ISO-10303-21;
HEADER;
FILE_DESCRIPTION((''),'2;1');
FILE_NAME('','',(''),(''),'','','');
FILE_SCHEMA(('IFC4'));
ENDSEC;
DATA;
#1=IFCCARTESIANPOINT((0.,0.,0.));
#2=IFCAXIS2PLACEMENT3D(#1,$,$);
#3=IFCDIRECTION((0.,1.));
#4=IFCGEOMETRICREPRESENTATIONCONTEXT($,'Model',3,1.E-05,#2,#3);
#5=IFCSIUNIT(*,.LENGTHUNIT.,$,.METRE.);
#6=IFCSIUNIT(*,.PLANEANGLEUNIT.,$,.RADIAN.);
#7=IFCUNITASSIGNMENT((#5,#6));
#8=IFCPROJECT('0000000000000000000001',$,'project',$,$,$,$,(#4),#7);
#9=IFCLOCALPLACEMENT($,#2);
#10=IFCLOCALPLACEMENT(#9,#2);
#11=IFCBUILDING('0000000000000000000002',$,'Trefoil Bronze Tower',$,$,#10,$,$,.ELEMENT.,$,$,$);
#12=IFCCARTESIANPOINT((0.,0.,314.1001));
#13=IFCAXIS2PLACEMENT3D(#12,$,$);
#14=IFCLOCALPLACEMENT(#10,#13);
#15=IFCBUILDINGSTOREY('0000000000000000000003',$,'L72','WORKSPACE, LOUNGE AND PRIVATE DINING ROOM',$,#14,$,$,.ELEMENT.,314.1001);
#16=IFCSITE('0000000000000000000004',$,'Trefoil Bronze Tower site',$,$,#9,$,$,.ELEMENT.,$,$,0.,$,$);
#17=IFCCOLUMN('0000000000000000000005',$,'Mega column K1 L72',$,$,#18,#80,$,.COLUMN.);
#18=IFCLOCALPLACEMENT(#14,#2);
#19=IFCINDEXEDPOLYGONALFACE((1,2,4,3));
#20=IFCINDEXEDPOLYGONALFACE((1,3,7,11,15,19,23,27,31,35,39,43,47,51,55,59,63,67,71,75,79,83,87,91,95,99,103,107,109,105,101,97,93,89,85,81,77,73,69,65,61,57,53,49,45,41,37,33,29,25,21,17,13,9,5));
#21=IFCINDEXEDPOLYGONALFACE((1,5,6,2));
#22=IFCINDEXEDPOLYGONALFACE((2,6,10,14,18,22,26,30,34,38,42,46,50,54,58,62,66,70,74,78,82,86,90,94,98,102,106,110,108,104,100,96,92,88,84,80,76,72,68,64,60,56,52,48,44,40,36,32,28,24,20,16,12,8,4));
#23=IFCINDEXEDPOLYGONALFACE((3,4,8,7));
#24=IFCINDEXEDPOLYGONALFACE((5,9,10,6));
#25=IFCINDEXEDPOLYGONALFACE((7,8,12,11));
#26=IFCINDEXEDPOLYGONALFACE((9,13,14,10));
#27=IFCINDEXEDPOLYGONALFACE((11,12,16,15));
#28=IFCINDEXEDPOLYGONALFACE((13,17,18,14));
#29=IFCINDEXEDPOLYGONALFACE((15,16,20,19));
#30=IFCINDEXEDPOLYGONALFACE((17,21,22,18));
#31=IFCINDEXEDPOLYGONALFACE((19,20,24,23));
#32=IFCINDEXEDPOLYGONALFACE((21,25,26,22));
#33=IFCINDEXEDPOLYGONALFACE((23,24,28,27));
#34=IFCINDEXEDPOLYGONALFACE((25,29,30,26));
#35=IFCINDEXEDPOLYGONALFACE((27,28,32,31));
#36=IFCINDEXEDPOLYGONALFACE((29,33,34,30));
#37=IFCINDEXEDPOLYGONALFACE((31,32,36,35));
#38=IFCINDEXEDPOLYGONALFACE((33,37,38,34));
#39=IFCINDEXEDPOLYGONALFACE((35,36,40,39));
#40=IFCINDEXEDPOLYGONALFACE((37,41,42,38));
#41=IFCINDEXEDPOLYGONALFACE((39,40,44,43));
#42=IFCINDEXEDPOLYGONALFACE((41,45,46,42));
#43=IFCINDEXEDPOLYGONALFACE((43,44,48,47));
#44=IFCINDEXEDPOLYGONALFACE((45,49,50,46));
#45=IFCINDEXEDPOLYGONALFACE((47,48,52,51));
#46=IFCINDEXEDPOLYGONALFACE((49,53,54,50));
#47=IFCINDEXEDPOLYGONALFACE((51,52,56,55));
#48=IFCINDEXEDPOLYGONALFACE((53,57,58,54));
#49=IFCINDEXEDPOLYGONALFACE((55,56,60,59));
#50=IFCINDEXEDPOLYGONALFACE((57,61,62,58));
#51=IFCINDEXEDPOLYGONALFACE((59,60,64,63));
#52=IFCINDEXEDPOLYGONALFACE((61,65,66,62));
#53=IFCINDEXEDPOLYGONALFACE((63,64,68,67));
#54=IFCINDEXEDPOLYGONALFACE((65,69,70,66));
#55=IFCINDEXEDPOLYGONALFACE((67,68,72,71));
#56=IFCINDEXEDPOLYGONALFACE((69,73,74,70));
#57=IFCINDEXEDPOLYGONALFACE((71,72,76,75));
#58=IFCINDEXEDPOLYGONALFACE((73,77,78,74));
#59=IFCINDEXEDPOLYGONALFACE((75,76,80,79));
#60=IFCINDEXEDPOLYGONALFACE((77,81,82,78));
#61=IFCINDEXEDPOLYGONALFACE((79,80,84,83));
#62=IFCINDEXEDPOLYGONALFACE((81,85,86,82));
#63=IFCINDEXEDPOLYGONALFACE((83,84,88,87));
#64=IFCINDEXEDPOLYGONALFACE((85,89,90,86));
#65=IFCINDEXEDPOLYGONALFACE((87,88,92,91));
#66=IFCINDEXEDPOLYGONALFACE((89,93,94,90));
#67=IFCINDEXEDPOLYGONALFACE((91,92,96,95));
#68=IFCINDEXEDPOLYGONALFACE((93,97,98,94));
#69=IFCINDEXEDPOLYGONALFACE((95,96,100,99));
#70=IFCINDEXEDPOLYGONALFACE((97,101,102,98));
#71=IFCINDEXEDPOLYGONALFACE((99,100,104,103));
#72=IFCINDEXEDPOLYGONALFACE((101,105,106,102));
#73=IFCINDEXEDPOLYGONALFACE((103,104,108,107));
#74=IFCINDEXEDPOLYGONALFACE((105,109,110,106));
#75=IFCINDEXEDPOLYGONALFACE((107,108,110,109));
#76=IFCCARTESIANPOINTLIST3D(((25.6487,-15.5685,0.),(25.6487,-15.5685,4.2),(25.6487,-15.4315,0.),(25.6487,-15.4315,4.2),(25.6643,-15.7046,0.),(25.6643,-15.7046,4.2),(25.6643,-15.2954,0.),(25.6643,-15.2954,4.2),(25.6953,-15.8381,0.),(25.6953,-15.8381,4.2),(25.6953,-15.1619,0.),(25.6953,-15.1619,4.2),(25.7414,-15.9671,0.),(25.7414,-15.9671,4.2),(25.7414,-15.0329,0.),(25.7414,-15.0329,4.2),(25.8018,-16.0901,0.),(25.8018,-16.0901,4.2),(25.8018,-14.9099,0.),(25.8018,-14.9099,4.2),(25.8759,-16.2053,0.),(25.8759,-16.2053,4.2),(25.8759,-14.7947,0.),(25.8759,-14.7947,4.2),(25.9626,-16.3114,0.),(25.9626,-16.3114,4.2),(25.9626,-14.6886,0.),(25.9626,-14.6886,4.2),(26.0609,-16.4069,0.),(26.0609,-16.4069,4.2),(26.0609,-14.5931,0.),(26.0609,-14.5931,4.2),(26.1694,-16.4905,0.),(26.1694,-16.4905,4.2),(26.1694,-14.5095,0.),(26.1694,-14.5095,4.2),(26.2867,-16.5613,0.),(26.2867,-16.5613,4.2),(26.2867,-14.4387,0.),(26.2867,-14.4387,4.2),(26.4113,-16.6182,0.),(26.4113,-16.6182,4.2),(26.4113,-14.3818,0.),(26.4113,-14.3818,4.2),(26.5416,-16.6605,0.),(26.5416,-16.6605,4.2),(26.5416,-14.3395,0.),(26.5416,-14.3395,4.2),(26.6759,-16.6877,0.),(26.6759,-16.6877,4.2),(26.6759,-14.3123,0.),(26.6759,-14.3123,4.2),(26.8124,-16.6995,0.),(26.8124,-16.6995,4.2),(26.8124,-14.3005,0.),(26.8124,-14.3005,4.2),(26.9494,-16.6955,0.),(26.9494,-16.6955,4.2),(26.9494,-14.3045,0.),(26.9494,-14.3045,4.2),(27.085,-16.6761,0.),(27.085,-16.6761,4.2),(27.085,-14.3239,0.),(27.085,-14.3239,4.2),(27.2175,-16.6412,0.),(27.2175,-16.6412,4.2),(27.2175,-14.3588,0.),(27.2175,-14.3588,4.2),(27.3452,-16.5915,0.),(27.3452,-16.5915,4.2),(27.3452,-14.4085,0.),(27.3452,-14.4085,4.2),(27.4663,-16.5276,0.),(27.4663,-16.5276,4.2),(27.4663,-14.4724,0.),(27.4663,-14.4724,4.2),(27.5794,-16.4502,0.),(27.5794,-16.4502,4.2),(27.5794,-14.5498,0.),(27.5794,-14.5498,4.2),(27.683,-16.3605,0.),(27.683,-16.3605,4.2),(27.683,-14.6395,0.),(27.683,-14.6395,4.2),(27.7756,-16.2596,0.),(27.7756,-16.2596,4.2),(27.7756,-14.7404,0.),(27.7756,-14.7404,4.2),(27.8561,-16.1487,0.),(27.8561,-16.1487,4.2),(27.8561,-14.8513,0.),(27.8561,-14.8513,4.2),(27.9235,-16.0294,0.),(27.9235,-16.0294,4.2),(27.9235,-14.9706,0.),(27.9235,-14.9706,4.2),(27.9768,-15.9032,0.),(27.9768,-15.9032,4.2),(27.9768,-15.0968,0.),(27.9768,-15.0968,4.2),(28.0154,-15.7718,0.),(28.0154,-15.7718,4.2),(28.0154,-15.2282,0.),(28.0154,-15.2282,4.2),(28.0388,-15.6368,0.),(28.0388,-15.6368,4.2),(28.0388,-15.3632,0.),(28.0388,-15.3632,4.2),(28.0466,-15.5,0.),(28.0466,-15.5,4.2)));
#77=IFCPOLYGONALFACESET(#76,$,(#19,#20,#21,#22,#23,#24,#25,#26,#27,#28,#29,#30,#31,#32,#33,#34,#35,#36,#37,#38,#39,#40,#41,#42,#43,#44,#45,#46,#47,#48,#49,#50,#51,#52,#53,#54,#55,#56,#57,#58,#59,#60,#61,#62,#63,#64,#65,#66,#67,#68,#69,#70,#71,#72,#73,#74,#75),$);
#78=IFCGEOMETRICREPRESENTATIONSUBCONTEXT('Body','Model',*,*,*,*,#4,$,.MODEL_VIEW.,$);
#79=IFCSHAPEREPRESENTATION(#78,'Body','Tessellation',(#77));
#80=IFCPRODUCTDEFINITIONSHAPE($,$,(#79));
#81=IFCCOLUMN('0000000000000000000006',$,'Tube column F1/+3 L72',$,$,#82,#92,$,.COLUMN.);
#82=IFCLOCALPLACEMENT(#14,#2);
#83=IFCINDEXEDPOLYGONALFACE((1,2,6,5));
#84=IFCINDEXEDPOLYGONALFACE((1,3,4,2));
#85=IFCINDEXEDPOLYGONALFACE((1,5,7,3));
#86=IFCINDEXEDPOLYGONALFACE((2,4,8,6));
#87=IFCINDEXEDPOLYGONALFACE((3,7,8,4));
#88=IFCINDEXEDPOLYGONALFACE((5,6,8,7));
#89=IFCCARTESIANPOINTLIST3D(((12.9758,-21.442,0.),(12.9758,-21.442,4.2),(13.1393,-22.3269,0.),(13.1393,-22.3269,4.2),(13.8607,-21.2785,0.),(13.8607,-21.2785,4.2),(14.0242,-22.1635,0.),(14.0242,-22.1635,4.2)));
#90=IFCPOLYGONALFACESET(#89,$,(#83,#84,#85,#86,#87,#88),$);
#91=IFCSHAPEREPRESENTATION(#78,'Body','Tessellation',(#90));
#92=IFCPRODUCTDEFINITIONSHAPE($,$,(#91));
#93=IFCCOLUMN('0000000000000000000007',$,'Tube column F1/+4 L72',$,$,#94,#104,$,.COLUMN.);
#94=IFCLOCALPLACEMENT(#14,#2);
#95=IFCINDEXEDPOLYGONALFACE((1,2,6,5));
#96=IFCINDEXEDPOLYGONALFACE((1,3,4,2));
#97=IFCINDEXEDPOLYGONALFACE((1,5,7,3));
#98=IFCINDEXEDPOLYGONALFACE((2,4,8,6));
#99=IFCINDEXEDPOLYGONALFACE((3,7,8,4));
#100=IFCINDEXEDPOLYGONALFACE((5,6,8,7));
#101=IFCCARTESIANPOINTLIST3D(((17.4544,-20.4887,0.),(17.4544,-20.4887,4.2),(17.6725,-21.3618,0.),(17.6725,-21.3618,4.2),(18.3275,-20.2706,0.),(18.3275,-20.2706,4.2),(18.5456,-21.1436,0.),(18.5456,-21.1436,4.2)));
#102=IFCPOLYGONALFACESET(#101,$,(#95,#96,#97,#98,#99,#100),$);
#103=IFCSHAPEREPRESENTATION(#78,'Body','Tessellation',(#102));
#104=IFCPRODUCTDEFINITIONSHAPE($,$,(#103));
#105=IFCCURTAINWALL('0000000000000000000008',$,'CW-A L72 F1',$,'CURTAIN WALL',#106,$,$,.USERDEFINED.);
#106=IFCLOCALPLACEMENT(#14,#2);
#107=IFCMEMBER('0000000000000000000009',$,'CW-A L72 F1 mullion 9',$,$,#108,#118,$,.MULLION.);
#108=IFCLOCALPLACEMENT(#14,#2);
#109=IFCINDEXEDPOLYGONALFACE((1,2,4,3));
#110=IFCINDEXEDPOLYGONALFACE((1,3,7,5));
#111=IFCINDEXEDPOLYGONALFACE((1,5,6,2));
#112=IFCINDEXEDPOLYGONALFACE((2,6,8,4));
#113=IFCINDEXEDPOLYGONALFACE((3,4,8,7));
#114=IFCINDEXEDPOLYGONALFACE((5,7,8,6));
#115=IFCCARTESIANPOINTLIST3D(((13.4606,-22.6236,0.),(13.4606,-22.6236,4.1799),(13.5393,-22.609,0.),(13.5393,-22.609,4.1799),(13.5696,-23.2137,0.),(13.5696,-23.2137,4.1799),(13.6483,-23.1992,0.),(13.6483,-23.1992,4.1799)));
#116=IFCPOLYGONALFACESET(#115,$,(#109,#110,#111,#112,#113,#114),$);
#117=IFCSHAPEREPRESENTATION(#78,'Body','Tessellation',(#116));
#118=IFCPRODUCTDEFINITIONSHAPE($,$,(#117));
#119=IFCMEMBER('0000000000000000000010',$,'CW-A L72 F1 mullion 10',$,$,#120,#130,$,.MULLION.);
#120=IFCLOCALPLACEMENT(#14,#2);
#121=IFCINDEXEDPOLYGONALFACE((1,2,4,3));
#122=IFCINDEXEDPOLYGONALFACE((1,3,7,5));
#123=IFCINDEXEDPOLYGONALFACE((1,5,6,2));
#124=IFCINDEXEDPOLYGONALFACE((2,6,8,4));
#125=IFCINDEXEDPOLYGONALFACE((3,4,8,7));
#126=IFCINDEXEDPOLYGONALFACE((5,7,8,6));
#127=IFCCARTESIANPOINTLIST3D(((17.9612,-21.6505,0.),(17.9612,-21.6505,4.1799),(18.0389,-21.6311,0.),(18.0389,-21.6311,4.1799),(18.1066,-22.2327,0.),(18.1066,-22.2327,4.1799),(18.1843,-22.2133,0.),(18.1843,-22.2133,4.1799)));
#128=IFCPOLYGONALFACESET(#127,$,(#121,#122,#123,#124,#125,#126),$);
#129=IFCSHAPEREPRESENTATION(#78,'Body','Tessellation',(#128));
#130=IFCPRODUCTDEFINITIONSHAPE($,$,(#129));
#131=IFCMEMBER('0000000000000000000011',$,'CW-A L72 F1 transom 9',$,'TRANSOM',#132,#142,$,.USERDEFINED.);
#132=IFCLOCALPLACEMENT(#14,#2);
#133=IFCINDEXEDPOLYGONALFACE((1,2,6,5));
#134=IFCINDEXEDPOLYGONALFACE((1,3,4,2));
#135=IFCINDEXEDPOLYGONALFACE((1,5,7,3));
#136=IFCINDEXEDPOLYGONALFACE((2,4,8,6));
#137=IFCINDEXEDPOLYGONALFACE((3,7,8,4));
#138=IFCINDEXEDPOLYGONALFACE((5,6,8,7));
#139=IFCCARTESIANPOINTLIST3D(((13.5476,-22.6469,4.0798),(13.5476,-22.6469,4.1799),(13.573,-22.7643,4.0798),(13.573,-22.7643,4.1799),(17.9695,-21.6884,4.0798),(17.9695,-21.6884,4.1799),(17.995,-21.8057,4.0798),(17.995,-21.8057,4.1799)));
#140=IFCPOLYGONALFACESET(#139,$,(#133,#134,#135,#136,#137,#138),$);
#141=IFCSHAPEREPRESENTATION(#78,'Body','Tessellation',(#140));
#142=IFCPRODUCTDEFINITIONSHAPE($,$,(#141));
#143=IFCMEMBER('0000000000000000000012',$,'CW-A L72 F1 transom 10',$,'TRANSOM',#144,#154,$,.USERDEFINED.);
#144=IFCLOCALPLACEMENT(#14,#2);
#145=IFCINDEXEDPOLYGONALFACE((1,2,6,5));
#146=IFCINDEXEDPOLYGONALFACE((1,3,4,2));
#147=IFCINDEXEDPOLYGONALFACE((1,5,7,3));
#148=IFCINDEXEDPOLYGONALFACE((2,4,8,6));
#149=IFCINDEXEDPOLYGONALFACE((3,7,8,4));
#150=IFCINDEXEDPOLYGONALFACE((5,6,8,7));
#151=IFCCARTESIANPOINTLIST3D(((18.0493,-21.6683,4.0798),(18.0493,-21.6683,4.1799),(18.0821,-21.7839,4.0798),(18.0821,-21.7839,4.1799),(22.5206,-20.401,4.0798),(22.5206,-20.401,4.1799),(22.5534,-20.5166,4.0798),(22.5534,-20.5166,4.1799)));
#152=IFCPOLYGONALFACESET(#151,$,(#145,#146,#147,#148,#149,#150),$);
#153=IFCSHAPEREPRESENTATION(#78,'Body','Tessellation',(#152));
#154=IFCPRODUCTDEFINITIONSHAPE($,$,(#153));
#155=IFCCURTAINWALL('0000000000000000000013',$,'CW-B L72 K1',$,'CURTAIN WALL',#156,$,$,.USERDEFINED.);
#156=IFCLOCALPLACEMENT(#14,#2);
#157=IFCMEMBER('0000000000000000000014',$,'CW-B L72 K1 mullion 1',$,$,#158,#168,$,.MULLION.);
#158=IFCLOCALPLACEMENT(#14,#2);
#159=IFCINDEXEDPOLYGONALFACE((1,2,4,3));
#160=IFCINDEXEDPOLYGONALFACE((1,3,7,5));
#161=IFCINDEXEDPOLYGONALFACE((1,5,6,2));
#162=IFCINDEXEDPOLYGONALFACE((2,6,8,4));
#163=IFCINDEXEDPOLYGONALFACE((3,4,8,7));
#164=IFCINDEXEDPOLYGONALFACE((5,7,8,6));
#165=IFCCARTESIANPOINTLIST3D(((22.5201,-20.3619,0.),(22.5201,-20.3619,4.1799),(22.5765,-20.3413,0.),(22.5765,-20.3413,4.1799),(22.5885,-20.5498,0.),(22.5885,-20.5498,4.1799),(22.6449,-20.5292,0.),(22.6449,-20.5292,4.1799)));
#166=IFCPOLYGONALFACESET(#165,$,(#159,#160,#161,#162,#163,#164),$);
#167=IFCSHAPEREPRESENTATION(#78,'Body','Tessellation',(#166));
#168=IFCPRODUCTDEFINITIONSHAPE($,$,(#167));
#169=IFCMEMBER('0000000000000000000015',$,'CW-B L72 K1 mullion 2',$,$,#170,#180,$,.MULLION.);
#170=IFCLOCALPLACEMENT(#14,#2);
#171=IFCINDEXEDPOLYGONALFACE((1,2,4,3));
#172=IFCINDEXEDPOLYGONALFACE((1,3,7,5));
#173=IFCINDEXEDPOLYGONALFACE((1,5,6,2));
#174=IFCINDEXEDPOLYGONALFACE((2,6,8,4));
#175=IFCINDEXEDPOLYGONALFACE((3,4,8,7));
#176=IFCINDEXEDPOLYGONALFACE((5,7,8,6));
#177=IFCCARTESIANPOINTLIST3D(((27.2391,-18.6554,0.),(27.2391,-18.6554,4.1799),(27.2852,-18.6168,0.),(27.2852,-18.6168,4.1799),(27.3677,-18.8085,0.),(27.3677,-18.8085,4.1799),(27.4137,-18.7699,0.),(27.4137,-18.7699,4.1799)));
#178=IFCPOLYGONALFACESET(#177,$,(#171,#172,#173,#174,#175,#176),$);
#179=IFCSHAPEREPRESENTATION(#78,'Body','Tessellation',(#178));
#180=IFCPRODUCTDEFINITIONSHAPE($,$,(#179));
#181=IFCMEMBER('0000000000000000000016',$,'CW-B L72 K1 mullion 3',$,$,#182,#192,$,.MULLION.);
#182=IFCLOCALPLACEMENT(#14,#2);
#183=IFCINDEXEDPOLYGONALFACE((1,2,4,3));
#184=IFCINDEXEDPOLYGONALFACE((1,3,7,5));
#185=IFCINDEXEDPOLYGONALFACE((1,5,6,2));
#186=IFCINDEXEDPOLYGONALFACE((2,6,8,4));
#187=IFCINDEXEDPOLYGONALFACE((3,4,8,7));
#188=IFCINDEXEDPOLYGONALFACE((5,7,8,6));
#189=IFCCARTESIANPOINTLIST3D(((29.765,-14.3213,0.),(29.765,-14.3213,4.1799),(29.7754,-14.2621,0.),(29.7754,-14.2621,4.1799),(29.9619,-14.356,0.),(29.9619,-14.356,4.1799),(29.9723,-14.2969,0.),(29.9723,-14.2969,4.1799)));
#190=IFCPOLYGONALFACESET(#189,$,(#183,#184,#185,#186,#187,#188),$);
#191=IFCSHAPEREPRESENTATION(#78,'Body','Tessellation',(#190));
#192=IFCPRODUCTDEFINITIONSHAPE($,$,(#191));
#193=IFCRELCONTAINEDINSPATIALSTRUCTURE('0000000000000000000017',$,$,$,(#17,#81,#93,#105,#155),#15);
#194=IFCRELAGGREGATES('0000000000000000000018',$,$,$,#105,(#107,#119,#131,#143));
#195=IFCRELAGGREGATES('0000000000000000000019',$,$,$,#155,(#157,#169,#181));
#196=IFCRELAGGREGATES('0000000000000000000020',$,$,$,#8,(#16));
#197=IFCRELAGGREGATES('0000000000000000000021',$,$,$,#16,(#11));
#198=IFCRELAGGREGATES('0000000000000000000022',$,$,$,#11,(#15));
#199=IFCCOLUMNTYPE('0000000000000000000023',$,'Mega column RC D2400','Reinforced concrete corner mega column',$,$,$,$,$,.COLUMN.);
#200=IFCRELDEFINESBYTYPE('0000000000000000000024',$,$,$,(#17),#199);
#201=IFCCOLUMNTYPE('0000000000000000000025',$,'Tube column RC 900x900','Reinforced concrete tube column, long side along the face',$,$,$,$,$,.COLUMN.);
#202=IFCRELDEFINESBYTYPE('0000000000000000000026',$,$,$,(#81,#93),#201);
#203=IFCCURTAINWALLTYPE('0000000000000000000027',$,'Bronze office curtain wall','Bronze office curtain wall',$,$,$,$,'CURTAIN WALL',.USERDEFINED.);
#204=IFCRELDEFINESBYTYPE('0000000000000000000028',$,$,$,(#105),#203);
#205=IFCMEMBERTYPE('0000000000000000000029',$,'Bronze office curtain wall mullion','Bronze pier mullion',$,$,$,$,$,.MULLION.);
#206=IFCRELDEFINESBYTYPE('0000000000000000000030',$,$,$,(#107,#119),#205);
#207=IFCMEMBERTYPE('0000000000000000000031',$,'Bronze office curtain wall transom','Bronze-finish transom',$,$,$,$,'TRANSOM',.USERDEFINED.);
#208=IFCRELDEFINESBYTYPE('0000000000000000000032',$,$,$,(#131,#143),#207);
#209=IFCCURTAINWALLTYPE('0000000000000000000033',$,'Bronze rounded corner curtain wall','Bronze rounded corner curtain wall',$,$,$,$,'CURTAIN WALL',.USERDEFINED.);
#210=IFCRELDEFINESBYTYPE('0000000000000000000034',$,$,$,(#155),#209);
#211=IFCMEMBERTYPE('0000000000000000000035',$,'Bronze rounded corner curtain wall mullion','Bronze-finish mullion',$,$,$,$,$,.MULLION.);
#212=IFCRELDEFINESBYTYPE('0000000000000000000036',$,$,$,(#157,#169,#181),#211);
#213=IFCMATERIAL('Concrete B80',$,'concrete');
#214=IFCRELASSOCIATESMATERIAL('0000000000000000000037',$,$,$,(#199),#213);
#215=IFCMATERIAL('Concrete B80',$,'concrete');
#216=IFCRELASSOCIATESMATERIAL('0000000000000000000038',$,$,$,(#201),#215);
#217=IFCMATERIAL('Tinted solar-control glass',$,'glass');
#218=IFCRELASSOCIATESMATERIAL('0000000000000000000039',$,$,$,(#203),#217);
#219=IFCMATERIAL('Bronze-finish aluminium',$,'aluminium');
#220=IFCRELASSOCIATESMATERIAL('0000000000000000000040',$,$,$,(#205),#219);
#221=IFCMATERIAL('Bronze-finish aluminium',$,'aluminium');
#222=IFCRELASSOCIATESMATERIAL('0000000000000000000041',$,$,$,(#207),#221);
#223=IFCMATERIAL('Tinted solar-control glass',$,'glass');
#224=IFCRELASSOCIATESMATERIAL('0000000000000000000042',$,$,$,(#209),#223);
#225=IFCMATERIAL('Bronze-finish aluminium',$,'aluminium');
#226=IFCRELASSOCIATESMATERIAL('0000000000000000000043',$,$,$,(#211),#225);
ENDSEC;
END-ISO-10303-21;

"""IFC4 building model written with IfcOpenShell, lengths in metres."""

from ifc_helpers import new_model, si_unit, direction, frame, origin, origin_2d, place, context, subcontext, project, spatial, rectangle, circle, extrude, material, material_profile, profile_set, type_object, element, aggregate, save


model = new_model("IFC4")

# Units and contexts
model_context = context("Model", 3, precision=1e-05, world=origin(), true_north=direction((0.0, 1.0)))
body_context = subcontext(model_context, "Body", "Model", "MODEL_VIEW")
ifc_project = project(units=[si_unit("LENGTHUNIT", "METRE"), si_unit("PLANEANGLEUNIT", "RADIAN")], contexts=[model_context])

# Site, building, storey
site_placement = place(None, origin())
site = spatial("IfcSite", under=ifc_project, at=site_placement, Name="Trefoil Bronze Tower site", CompositionType="ELEMENT", RefElevation=0.0)
building_placement = place(site_placement, origin())
building = spatial("IfcBuilding", under=site, at=building_placement, Name="Trefoil Bronze Tower", CompositionType="ELEMENT")
storey_placement = place(building_placement, frame((0.0, 0.0, 314.1001)))
storey = spatial("IfcBuildingStorey", under=building, at=storey_placement, Name="L72", Description="WORKSPACE, LOUNGE AND PRIVATE DINING ROOM", CompositionType="ELEMENT", Elevation=314.1001)

# Columns
ifc_material_1 = material(Name="Concrete B80", Category="concrete")
ifc_material_profile_1 = material_profile(ifc_material_1, circle(Radius=1.2, at=origin_2d()), Name="RC D2400")
ifc_profile_set_1 = profile_set([ifc_material_profile_1], Name="Concrete B80")
column_type_1 = type_object("IfcColumnType", Name="Mega column RC D2400", Description="Reinforced concrete corner mega column", PredefinedType="COLUMN", material=ifc_profile_set_1)
column_placement = place(storey_placement, frame((26.8467, -15.5, 0.0), z_axis=(0.0, 0.0, 1.0), x_axis=(1.0, 0.0, 0.0)))
element("IfcColumn", 1, at=column_placement, inside=storey, type_object=column_type_1, Name="Mega column K1 L72", PredefinedType="COLUMN", context=body_context, shape_type="SweptSolid", body=[
    extrude(circle(Radius=1.2, at=origin_2d()), origin(), (0.0, 0.0, 1.0), 4.2),
])
ifc_material_2 = material(Name="Concrete B80", Category="concrete")
ifc_material_profile_2 = material_profile(ifc_material_2, rectangle(XDim=0.8999, YDim=0.8999, at=origin_2d()), Name="RC 900x900")
ifc_profile_set_2 = profile_set([ifc_material_profile_2], Name="Concrete B80")
column_type_2 = type_object("IfcColumnType", Name="Tube column RC 900x900", Description="Reinforced concrete tube column, long side along the face", PredefinedType="COLUMN", material=ifc_profile_set_2)
for number, where, z_axis, x_axis, name in (
    (2, (13.5, -21.8027, 0.0), (0.0, 0.0, 1.0), (0.98336, 0.181667, 0.0), "Tube column F1/+3 L72"),
    (3, (18.0, -20.8162, 0.0), (0.0, 0.0, 1.0), (0.970178, 0.242394, 0.0), "Tube column F1/+4 L72"),
):
    element("IfcColumn", number, at=place(storey_placement, frame(where, z_axis=z_axis, x_axis=x_axis)), inside=storey, type_object=column_type_2, Name=name, PredefinedType="COLUMN", context=body_context, shape_type="SweptSolid", body=[
        extrude(rectangle(XDim=0.8999, YDim=0.8999, at=origin_2d()), origin(), (0.0, 0.0, 1.0), 4.2),
    ])

# Curtain walls, members
ifc_material_3 = material(Name="Tinted solar-control glass", Category="glass")
curtain_wall_type_1 = type_object("IfcCurtainWallType", Name="Bronze office curtain wall", Description="Bronze office curtain wall", ElementType="CURTAIN WALL", PredefinedType="USERDEFINED", material=ifc_material_3)
curtain_wall_1_placement = place(storey_placement, origin())
curtain_wall_1 = element("IfcCurtainWall", 4, at=curtain_wall_1_placement, inside=storey, type_object=curtain_wall_type_1, Name="CW-A L72 F1", ObjectType="CURTAIN WALL", PredefinedType="USERDEFINED")
ifc_material_4 = material(Name="Bronze-finish aluminium", Category="aluminium")
ifc_material_profile_3 = material_profile(ifc_material_4, rectangle(XDim=0.6001, YDim=0.0801, at=origin_2d()), Name="CW-A mullion")
ifc_profile_set_3 = profile_set([ifc_material_profile_3], Name="Bronze-finish aluminium")
member_type_1 = type_object("IfcMemberType", Name="Bronze office curtain wall mullion", Description="Bronze pier mullion", PredefinedType="MULLION", material=ifc_profile_set_3)
member_1_placement = place(storey_placement, frame((13.5544, -22.9114, 0.0), z_axis=(0.0, 0.0, 1.0), x_axis=(-0.181667, 0.98336, 0.0)))
member_1 = element("IfcMember", 5, at=member_1_placement, type_object=member_type_1, Name="CW-A L72 F1 mullion 9", PredefinedType="MULLION", context=body_context, shape_type="SweptSolid", body=[
    extrude(rectangle(XDim=0.6001, YDim=0.0801, at=origin_2d()), origin(), (0.0, 0.0, 1.0), 4.1799),
])
member_2_placement = place(storey_placement, frame((18.0728, -21.9319, 0.0), z_axis=(0.0, 0.0, 1.0), x_axis=(-0.242394, 0.970178, 0.0)))
member_2 = element("IfcMember", 6, at=member_2_placement, type_object=member_type_1, Name="CW-A L72 F1 mullion 10", PredefinedType="MULLION", context=body_context, shape_type="SweptSolid", body=[
    extrude(rectangle(XDim=0.6001, YDim=0.0801, at=origin_2d()), origin(), (0.0, 0.0, 1.0), 4.1799),
])
ifc_material_5 = material(Name="Bronze-finish aluminium", Category="aluminium")
ifc_material_profile_4 = material_profile(ifc_material_5, rectangle(XDim=0.1201, YDim=0.1001, at=origin_2d()), Name="CW-A transom")
ifc_profile_set_4 = profile_set([ifc_material_profile_4], Name="Bronze-finish aluminium")
member_type_2 = type_object("IfcMemberType", Name="Bronze office curtain wall transom", Description="Bronze-finish transom", ElementType="TRANSOM", PredefinedType="USERDEFINED", material=ifc_profile_set_4)
member_3_placement = place(storey_placement, frame((13.5603, -22.7056, 4.1299), z_axis=(0.977304, 0.211843, 0.0), x_axis=(-0.211843, 0.977304, 0.0)))
member_3 = element("IfcMember", 7, at=member_3_placement, type_object=member_type_2, Name="CW-A L72 F1 transom 9", ObjectType="TRANSOM", PredefinedType="USERDEFINED", context=body_context, shape_type="SweptSolid", body=[
    extrude(rectangle(XDim=0.1201, YDim=0.1001, at=origin_2d()), origin(), (0.0, 0.0, 1.0), 4.5247),
])
member_4_placement = place(storey_placement, frame((18.0657, -21.7261, 4.1299), z_axis=(0.962103, 0.272688, 0.0), x_axis=(-0.272688, 0.962103, 0.0)))
member_4 = element("IfcMember", 8, at=member_4_placement, type_object=member_type_2, Name="CW-A L72 F1 transom 10", ObjectType="TRANSOM", PredefinedType="USERDEFINED", context=body_context, shape_type="SweptSolid", body=[
    extrude(rectangle(XDim=0.1201, YDim=0.1001, at=origin_2d()), origin(), (0.0, 0.0, 1.0), 4.6475),
])
ifc_material_6 = material(Name="Tinted solar-control glass", Category="glass")
curtain_wall_type_2 = type_object("IfcCurtainWallType", Name="Bronze rounded corner curtain wall", Description="Bronze rounded corner curtain wall", ElementType="CURTAIN WALL", PredefinedType="USERDEFINED", material=ifc_material_6)
curtain_wall_2_placement = place(storey_placement, origin())
curtain_wall_2 = element("IfcCurtainWall", 9, at=curtain_wall_2_placement, inside=storey, type_object=curtain_wall_type_2, Name="CW-B L72 K1", ObjectType="CURTAIN WALL", PredefinedType="USERDEFINED")
ifc_material_7 = material(Name="Bronze-finish aluminium", Category="aluminium")
ifc_material_profile_5 = material_profile(ifc_material_7, rectangle(XDim=0.2, YDim=0.0601, at=origin_2d()), Name="CW-B mullion")
ifc_profile_set_5 = profile_set([ifc_material_profile_5], Name="Bronze-finish aluminium")
member_type_3 = type_object("IfcMemberType", Name="Bronze rounded corner curtain wall mullion", Description="Bronze-finish mullion", PredefinedType="MULLION", material=ifc_profile_set_5)
member_5_placement = place(storey_placement, frame((22.5825, -20.4456, 0.0), z_axis=(0.0, 0.0, 1.0), x_axis=(-0.34202, 0.939693, 0.0)))
member_5 = element("IfcMember", 10, at=member_5_placement, type_object=member_type_3, Name="CW-B L72 K1 mullion 1", PredefinedType="MULLION", context=body_context, shape_type="SweptSolid", body=[
    extrude(rectangle(XDim=0.2, YDim=0.0601, at=origin_2d()), origin(), (0.0, 0.0, 1.0), 4.1799),
])
member_6_placement = place(storey_placement, frame((27.3264, -18.7126, 0.0), z_axis=(0.0, 0.0, 1.0), x_axis=(-0.642788, 0.766044, 0.0)))
member_6 = element("IfcMember", 11, at=member_6_placement, type_object=member_type_3, Name="CW-B L72 K1 mullion 2", PredefinedType="MULLION", context=body_context, shape_type="SweptSolid", body=[
    extrude(rectangle(XDim=0.2, YDim=0.0601, at=origin_2d()), origin(), (0.0, 0.0, 1.0), 4.1799),
])
member_7_placement = place(storey_placement, frame((29.8687, -14.3091, 0.0), z_axis=(0.0, 0.0, 1.0), x_axis=(-0.984808, 0.173648, 0.0)))
member_7 = element("IfcMember", 12, at=member_7_placement, type_object=member_type_3, Name="CW-B L72 K1 mullion 3", PredefinedType="MULLION", context=body_context, shape_type="SweptSolid", body=[
    extrude(rectangle(XDim=0.2, YDim=0.0601, at=origin_2d()), origin(), (0.0, 0.0, 1.0), 4.1799),
])

aggregate(curtain_wall_1, [member_1, member_2, member_3, member_4])
aggregate(curtain_wall_2, [member_5, member_6, member_7])

save(model, "model.ifc")
